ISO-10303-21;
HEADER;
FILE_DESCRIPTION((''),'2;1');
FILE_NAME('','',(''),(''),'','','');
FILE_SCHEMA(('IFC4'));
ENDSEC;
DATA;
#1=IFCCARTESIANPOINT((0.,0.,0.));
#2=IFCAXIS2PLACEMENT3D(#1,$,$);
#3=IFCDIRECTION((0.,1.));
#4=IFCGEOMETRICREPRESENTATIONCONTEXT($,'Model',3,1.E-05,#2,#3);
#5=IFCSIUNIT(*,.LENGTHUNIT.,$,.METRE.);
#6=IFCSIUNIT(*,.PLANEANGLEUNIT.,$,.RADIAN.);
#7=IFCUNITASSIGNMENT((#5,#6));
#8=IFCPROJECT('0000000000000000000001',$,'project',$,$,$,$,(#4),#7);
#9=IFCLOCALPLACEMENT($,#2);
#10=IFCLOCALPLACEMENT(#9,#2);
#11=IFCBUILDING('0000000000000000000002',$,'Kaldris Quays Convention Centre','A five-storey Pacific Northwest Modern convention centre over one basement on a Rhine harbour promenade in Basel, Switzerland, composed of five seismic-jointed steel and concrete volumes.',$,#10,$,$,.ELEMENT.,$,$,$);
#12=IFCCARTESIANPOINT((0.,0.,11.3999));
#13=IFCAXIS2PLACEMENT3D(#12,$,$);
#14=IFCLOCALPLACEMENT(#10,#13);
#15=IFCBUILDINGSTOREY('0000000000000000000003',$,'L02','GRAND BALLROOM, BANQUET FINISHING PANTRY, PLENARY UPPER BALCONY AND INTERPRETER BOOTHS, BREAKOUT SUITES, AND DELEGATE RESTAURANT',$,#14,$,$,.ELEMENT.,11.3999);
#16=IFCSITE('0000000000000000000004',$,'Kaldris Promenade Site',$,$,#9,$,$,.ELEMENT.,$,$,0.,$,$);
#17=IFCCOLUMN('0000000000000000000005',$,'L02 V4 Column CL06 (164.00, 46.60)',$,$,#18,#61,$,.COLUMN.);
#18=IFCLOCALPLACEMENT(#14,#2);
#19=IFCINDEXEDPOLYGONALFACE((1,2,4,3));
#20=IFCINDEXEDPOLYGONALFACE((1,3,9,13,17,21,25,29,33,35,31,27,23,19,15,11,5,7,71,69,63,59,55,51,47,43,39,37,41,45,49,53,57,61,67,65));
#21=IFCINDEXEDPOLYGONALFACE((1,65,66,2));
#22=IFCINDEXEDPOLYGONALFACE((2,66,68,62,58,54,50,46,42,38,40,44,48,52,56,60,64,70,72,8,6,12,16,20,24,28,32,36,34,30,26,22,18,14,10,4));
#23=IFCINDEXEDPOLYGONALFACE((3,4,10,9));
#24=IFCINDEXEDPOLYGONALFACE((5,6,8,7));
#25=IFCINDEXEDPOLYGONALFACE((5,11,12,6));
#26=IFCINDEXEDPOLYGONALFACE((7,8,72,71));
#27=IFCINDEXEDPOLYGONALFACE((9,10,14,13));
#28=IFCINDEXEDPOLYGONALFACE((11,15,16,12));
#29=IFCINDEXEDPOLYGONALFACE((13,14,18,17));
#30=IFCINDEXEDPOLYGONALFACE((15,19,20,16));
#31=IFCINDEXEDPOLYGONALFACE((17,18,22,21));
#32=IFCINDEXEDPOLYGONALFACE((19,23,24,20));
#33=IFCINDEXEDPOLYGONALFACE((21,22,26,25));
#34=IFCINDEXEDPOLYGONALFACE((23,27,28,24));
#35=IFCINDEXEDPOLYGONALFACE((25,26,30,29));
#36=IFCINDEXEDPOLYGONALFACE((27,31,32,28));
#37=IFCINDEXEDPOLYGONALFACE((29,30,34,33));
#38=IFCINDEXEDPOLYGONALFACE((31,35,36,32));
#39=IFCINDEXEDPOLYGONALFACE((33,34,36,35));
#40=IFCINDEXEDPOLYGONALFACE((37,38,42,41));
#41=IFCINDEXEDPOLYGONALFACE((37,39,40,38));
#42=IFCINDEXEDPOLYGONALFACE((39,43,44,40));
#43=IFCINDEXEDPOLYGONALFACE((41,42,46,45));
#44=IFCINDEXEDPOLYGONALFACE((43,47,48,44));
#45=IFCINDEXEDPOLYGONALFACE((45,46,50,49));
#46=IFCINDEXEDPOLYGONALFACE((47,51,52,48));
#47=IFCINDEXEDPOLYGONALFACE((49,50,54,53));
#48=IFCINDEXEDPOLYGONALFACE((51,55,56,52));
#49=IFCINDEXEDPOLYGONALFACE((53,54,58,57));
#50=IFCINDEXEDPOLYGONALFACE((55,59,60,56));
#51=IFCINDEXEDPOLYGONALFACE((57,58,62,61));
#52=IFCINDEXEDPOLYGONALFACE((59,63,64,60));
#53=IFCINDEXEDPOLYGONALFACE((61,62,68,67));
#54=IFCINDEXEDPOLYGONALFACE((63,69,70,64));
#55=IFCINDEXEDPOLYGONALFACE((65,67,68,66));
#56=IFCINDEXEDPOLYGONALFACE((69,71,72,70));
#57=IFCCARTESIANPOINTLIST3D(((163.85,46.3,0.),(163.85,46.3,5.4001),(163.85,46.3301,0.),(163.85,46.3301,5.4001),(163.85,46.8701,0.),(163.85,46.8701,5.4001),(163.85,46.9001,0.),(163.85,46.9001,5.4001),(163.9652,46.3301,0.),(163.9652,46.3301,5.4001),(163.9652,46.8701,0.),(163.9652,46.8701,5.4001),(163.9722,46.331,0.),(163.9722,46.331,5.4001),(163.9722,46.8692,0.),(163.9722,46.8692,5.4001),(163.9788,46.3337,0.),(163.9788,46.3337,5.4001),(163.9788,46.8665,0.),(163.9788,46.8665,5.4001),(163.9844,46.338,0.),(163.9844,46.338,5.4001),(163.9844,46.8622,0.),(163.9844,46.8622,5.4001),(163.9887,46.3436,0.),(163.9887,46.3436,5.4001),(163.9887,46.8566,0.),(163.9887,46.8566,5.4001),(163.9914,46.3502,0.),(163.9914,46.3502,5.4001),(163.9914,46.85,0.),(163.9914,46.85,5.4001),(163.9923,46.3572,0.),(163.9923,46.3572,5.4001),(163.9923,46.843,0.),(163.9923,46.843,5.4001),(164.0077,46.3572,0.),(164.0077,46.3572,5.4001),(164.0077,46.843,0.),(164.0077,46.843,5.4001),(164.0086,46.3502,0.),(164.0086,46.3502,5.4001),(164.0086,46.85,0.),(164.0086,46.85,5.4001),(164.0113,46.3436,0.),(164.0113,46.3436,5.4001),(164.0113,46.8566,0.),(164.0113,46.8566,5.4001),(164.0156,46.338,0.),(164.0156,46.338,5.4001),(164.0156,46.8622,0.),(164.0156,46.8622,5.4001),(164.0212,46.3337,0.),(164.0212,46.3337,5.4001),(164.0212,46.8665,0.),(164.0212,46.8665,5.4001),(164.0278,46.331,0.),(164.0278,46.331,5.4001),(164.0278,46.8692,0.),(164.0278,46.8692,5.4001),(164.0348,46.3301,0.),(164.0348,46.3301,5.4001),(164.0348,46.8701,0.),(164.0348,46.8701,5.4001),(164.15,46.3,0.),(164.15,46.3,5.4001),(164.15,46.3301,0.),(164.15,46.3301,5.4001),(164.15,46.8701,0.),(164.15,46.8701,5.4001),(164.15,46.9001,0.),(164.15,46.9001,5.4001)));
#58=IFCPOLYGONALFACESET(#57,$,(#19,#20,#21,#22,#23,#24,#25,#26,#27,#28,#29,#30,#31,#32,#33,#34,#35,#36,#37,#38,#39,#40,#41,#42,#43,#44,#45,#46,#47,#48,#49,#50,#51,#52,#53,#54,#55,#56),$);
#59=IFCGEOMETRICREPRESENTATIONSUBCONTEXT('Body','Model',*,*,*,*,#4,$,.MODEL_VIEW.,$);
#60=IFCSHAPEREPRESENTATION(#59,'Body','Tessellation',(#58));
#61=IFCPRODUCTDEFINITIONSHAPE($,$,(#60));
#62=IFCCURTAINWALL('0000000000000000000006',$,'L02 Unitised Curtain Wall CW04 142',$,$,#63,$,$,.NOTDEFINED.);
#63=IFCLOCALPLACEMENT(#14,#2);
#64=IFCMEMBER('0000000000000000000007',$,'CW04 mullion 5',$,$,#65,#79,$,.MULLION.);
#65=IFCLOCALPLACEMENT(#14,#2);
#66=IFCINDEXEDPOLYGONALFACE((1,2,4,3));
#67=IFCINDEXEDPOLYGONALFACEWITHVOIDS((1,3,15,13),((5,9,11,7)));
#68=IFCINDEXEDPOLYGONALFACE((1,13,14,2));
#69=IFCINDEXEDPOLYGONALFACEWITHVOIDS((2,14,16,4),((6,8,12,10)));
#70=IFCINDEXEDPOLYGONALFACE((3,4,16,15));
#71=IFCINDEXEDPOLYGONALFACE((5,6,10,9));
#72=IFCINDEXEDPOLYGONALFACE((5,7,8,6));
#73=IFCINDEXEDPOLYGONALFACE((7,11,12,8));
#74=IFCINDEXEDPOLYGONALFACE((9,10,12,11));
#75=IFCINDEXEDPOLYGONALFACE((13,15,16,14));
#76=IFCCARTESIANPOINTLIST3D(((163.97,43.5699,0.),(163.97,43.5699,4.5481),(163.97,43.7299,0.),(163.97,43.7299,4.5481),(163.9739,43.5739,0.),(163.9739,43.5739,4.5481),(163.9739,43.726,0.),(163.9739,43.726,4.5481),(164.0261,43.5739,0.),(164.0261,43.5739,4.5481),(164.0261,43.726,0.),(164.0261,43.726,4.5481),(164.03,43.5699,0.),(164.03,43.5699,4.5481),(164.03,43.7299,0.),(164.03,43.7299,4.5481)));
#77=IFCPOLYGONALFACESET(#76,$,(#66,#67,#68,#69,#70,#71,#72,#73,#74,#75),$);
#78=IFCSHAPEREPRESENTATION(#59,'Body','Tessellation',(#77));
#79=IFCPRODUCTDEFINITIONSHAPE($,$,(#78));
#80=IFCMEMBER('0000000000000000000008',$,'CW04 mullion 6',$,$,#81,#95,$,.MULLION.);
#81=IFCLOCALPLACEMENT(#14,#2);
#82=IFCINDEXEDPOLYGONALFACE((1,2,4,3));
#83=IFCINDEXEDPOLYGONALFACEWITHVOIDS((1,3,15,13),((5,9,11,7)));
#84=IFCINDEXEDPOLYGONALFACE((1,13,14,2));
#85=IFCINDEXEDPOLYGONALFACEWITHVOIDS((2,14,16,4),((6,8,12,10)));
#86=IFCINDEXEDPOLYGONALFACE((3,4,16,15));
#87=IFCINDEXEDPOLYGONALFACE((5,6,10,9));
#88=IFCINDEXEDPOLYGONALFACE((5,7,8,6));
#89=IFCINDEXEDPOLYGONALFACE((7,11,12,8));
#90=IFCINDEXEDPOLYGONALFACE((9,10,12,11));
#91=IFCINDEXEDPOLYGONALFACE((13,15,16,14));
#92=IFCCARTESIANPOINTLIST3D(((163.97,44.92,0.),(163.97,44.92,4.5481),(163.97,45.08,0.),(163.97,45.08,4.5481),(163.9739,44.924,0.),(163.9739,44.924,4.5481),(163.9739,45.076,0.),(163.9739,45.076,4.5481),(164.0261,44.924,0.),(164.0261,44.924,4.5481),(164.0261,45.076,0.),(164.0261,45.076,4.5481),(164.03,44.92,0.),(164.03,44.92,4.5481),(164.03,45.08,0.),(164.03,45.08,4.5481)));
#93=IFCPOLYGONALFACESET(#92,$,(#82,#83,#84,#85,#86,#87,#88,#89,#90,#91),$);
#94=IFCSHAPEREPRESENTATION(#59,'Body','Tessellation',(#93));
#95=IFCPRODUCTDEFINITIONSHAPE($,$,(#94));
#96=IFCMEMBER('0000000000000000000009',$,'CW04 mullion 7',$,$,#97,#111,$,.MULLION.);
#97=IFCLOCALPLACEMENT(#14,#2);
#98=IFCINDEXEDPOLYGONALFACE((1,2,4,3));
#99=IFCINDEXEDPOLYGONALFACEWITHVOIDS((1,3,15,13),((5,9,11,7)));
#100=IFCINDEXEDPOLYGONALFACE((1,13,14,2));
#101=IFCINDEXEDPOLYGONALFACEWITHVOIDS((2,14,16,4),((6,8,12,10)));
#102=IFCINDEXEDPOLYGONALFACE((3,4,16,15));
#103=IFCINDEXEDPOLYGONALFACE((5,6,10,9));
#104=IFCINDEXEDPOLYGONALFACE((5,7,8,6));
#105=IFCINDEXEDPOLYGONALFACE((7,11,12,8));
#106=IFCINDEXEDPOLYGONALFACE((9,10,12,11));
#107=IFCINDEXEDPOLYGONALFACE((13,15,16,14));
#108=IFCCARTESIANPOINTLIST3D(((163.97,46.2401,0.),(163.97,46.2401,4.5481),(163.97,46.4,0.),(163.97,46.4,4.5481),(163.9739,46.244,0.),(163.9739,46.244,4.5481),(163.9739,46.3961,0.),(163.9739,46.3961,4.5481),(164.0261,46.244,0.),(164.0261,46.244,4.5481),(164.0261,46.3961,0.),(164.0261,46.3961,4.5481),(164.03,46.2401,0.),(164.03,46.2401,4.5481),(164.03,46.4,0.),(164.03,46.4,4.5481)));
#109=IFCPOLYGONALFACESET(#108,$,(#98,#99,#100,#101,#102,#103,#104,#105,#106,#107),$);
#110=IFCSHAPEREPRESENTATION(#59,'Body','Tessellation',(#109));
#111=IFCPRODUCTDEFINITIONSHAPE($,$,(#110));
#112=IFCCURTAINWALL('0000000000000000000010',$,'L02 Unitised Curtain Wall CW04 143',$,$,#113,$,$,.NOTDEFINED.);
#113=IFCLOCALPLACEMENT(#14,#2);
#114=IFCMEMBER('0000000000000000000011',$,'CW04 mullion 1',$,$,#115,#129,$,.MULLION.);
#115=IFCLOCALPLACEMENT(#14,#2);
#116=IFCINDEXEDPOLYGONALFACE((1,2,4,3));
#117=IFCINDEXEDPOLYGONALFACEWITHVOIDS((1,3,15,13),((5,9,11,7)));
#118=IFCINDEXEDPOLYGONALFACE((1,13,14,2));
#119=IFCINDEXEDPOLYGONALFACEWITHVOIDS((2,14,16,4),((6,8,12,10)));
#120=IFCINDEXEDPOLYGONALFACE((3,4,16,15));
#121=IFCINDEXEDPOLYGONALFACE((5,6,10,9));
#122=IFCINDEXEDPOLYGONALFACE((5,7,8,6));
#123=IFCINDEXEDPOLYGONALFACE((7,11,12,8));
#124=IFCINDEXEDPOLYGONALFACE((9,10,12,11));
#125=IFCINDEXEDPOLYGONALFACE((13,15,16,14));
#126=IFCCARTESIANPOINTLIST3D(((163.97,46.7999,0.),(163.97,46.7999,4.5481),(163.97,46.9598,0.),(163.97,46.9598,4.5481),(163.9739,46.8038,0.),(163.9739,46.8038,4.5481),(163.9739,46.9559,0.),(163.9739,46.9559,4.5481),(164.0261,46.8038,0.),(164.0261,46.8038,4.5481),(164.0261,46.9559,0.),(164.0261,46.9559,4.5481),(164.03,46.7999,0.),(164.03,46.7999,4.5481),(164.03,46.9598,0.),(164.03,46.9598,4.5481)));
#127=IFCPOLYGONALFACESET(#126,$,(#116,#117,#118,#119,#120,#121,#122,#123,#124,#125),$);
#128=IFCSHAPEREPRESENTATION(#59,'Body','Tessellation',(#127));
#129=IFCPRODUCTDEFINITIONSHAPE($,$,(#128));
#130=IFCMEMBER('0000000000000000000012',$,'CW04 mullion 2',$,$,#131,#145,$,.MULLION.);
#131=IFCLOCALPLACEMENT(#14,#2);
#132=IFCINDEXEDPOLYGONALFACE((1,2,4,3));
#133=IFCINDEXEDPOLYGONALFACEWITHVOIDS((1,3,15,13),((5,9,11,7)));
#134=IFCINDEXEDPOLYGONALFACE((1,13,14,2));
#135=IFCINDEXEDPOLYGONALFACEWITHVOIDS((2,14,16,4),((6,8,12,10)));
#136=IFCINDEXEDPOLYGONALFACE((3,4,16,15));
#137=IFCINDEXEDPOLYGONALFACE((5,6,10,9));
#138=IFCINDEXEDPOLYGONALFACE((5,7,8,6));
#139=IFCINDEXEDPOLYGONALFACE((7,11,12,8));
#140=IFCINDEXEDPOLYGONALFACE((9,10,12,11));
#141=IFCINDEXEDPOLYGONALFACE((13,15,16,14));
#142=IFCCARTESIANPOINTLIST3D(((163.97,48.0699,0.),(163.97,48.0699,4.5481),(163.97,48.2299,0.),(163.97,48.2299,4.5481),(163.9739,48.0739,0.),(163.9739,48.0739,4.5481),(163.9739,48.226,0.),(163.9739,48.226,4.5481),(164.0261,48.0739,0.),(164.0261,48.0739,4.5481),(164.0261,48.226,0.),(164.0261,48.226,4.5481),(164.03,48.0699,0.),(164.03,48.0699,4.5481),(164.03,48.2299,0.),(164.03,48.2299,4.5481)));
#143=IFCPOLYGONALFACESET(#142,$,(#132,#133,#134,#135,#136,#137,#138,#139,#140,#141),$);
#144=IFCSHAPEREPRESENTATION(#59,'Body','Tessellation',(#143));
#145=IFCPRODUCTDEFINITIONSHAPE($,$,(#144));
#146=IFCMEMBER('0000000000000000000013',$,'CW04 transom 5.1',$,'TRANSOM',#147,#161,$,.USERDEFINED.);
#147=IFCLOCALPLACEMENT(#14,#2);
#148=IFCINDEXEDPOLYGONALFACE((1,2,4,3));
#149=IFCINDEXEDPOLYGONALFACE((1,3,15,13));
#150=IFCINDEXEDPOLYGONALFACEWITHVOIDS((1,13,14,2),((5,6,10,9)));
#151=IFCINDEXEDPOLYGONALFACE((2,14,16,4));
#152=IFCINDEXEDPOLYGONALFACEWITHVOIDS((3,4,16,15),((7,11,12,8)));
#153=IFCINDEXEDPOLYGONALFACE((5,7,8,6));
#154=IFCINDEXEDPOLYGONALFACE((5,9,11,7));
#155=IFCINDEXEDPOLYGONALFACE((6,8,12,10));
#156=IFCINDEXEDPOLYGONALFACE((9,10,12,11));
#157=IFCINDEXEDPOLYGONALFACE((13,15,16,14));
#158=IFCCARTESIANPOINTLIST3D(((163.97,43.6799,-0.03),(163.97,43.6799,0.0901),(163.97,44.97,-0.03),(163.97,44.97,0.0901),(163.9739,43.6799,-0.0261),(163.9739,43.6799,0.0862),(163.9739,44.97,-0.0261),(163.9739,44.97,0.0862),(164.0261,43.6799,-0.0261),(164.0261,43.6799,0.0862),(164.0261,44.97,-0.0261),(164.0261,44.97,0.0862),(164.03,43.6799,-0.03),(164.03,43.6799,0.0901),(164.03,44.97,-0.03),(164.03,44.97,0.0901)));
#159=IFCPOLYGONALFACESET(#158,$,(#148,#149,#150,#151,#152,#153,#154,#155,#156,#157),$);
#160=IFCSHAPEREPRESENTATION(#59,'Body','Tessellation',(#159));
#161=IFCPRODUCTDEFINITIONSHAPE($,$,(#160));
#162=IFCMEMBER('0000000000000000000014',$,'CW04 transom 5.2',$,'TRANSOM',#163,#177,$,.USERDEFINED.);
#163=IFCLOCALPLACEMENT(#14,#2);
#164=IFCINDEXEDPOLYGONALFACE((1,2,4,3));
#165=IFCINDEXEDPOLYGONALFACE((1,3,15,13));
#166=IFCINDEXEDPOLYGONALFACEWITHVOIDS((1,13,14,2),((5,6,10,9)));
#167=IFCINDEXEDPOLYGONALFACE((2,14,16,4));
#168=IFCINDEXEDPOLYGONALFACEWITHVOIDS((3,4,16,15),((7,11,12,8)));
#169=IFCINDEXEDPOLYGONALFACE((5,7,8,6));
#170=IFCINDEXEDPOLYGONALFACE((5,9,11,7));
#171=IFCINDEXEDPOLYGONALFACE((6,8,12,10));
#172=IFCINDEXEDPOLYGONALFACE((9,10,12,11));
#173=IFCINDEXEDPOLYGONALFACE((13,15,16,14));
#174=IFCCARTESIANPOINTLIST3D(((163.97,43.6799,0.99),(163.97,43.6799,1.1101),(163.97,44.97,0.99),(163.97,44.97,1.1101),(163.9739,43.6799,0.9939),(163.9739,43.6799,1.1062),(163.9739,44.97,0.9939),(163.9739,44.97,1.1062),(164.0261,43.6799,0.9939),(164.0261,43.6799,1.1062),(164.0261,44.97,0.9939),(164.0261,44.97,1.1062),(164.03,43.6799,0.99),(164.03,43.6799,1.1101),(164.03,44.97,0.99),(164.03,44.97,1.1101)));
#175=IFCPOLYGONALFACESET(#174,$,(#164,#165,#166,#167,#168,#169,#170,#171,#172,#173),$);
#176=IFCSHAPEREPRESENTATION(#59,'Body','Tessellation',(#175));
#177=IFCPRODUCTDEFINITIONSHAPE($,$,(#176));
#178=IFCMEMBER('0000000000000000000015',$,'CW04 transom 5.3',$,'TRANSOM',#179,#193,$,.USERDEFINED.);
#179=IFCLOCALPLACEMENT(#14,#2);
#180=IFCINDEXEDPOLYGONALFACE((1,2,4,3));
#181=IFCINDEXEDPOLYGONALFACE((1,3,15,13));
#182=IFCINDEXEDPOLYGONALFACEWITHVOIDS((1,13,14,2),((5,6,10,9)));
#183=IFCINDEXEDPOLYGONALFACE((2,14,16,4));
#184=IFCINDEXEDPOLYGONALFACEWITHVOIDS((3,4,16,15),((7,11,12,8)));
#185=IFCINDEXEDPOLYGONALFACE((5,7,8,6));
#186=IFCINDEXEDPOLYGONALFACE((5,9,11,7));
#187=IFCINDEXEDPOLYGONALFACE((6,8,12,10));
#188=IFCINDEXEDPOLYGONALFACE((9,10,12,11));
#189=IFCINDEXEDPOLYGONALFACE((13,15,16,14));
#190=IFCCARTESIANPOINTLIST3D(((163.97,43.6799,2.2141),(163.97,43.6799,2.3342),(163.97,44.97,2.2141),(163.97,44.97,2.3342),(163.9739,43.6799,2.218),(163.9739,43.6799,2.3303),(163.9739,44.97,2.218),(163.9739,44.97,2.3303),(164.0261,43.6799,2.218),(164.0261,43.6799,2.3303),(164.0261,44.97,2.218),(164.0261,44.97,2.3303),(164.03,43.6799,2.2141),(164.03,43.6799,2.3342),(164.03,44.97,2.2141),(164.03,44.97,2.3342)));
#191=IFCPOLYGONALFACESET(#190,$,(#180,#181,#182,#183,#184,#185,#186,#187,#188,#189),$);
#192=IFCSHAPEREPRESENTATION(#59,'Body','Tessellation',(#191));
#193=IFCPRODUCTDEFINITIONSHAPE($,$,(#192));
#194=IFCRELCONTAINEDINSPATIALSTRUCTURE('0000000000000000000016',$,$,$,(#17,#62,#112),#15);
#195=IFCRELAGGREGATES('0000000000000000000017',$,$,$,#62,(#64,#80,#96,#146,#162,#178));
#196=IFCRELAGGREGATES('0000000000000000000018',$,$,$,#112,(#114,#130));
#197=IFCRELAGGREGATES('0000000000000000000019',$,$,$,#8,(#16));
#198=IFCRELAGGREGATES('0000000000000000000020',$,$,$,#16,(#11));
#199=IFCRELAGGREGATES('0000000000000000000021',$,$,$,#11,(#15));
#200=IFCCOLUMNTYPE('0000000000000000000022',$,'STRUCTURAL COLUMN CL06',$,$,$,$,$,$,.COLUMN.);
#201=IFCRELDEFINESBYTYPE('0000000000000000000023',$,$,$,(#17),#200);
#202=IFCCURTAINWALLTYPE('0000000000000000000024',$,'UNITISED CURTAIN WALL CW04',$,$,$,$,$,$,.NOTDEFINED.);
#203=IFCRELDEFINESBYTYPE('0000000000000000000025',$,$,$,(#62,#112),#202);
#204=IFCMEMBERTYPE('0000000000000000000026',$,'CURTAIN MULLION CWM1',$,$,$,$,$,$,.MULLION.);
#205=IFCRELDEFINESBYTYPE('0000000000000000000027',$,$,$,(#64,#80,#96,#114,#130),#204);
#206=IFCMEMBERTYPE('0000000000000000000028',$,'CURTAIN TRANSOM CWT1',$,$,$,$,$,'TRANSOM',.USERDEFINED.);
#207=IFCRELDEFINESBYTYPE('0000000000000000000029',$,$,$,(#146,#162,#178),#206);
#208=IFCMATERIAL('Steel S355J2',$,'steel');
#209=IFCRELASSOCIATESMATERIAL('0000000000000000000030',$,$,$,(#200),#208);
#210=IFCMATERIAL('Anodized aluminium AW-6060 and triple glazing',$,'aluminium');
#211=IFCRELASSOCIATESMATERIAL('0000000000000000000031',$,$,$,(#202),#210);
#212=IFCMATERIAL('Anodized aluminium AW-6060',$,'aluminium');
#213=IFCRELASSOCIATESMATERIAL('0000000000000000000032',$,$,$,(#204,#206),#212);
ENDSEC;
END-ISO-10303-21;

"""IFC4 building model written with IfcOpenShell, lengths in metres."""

from ifc_helpers import new_model, si_unit, direction, frame, origin, origin_2d, place, context, subcontext, project, spatial, hollow_rectangle, i_section, extrude, material, material_profile, profile_set, type_object, element, aggregate, save


model = new_model("IFC4")

# Units and contexts
model_context = context("Model", 3, precision=1e-05, world=origin(), true_north=direction((0.0, 1.0)))
body_context = subcontext(model_context, "Body", "Model", "MODEL_VIEW")
ifc_project = project(units=[si_unit("LENGTHUNIT", "METRE"), si_unit("PLANEANGLEUNIT", "RADIAN")], contexts=[model_context])

# Site, building, storey
site_placement = place(None, origin())
site = spatial("IfcSite", under=ifc_project, at=site_placement, Name="Kaldris Promenade Site", CompositionType="ELEMENT", RefElevation=0.0)
building_placement = place(site_placement, origin())
building = spatial("IfcBuilding", under=site, at=building_placement, Name="Kaldris Quays Convention Centre", Description="A five-storey Pacific Northwest Modern convention centre over one basement on a Rhine harbour promenade in Basel, Switzerland, composed of five seismic-jointed steel and concrete volumes.", CompositionType="ELEMENT")
storey_placement = place(building_placement, frame((0.0, 0.0, 11.3999)))
storey = spatial("IfcBuildingStorey", under=building, at=storey_placement, Name="L02", Description="GRAND BALLROOM, BANQUET FINISHING PANTRY, PLENARY UPPER BALCONY AND INTERPRETER BOOTHS, BREAKOUT SUITES, AND DELEGATE RESTAURANT", CompositionType="ELEMENT", Elevation=11.3999)

# Column
ifc_material_1 = material(Name="Steel S355J2", Category="steel")
ifc_material_profile_1 = material_profile(ifc_material_1, i_section(OverallWidth=0.3, OverallDepth=0.6001, WebThickness=0.0154, FlangeThickness=0.03, FilletRadius=0.0271, at=origin_2d()), Name="HEB 600")
ifc_profile_set_1 = profile_set([ifc_material_profile_1], Name="Steel S355J2")
column_type = type_object("IfcColumnType", Name="STRUCTURAL COLUMN CL06", PredefinedType="COLUMN", material=ifc_profile_set_1)
column_placement = place(storey_placement, frame((164.0, 46.6001, 0.0), z_axis=(0.0, 0.0, 1.0), x_axis=(1.0, 0.0, 0.0)))
element("IfcColumn", 1, at=column_placement, inside=storey, type_object=column_type, Name="L02 V4 Column CL06 (164.00, 46.60)", PredefinedType="COLUMN", context=body_context, shape_type="SweptSolid", body=[
    extrude(i_section(OverallWidth=0.3, OverallDepth=0.6001, WebThickness=0.0154, FlangeThickness=0.03, FilletRadius=0.0271, at=origin_2d()), origin(), (0.0, 0.0, 1.0), 5.4001),
])

# Curtain walls, members
ifc_material_2 = material(Name="Anodized aluminium AW-6060 and triple glazing", Category="aluminium")
curtain_wall_type = type_object("IfcCurtainWallType", Name="UNITISED CURTAIN WALL CW04", PredefinedType="NOTDEFINED", material=ifc_material_2)
curtain_wall_1_placement = place(storey_placement, origin())
curtain_wall_1 = element("IfcCurtainWall", 2, at=curtain_wall_1_placement, inside=storey, type_object=curtain_wall_type, Name="L02 Unitised Curtain Wall CW04 142", PredefinedType="NOTDEFINED")
ifc_material_3 = material(Name="Anodized aluminium AW-6060", Category="aluminium")
ifc_material_profile_2 = material_profile(ifc_material_3, hollow_rectangle(XDim=0.0601, YDim=0.1599, WallThickness=0.0039, at=origin_2d()), Name="RHS 160x60x4")
ifc_profile_set_2 = profile_set([ifc_material_profile_2], Name="Anodized aluminium AW-6060")
member_type_1 = type_object("IfcMemberType", Name="CURTAIN MULLION CWM1", PredefinedType="MULLION", material=ifc_profile_set_2)
member_1_placement = place(storey_placement, frame((164.0, 43.6499, 0.0), z_axis=(0.0, 0.0, 1.0), x_axis=(-1.0, 0.0, 0.0)))
member_1 = element("IfcMember", 3, at=member_1_placement, type_object=member_type_1, Name="CW04 mullion 5", PredefinedType="MULLION", context=body_context, shape_type="SweptSolid", body=[
    extrude(hollow_rectangle(XDim=0.0601, YDim=0.1599, WallThickness=0.0039, at=origin_2d()), origin(), (0.0, 0.0, 1.0), 4.5481),
])
member_2_placement = place(storey_placement, frame((164.0, 45.0, 0.0), z_axis=(0.0, 0.0, 1.0), x_axis=(-1.0, 0.0, 0.0)))
member_2 = element("IfcMember", 4, at=member_2_placement, type_object=member_type_1, Name="CW04 mullion 6", PredefinedType="MULLION", context=body_context, shape_type="SweptSolid", body=[
    extrude(hollow_rectangle(XDim=0.0601, YDim=0.1599, WallThickness=0.0039, at=origin_2d()), origin(), (0.0, 0.0, 1.0), 4.5481),
])
member_3_placement = place(storey_placement, frame((164.0, 46.3201, 0.0), z_axis=(0.0, 0.0, 1.0), x_axis=(-1.0, 0.0, 0.0)))
member_3 = element("IfcMember", 5, at=member_3_placement, type_object=member_type_1, Name="CW04 mullion 7", PredefinedType="MULLION", context=body_context, shape_type="SweptSolid", body=[
    extrude(hollow_rectangle(XDim=0.0601, YDim=0.1599, WallThickness=0.0039, at=origin_2d()), origin(), (0.0, 0.0, 1.0), 4.5481),
])
curtain_wall_2_placement = place(storey_placement, origin())
curtain_wall_2 = element("IfcCurtainWall", 6, at=curtain_wall_2_placement, inside=storey, type_object=curtain_wall_type, Name="L02 Unitised Curtain Wall CW04 143", PredefinedType="NOTDEFINED")
member_4_placement = place(storey_placement, frame((164.0, 46.8799, 0.0), z_axis=(0.0, 0.0, 1.0), x_axis=(-1.0, 0.0, 0.0)))
member_4 = element("IfcMember", 7, at=member_4_placement, type_object=member_type_1, Name="CW04 mullion 1", PredefinedType="MULLION", context=body_context, shape_type="SweptSolid", body=[
    extrude(hollow_rectangle(XDim=0.0601, YDim=0.1599, WallThickness=0.0039, at=origin_2d()), origin(), (0.0, 0.0, 1.0), 4.5481),
])
member_5_placement = place(storey_placement, frame((164.0, 48.1499, 0.0), z_axis=(0.0, 0.0, 1.0), x_axis=(-1.0, 0.0, 0.0)))
member_5 = element("IfcMember", 8, at=member_5_placement, type_object=member_type_1, Name="CW04 mullion 2", PredefinedType="MULLION", context=body_context, shape_type="SweptSolid", body=[
    extrude(hollow_rectangle(XDim=0.0601, YDim=0.1599, WallThickness=0.0039, at=origin_2d()), origin(), (0.0, 0.0, 1.0), 4.5481),
])

# Members
ifc_material_profile_3 = material_profile(ifc_material_3, hollow_rectangle(XDim=0.0601, YDim=0.1201, WallThickness=0.0039, at=origin_2d()), Name="RHS 120x60x4")
ifc_profile_set_3 = profile_set([ifc_material_profile_3], Name="Anodized aluminium AW-6060")
member_type_2 = type_object("IfcMemberType", Name="CURTAIN TRANSOM CWT1", ElementType="TRANSOM", PredefinedType="USERDEFINED", material=ifc_profile_set_3)
member_6_placement = place(storey_placement, frame((164.0, 43.6799, 0.03), z_axis=(0.0, 1.0, 0.0), x_axis=(-1.0, 0.0, 0.0)))
member_6 = element("IfcMember", 9, at=member_6_placement, type_object=member_type_2, Name="CW04 transom 5.1", ObjectType="TRANSOM", PredefinedType="USERDEFINED", context=body_context, shape_type="SweptSolid", body=[
    extrude(hollow_rectangle(XDim=0.0601, YDim=0.1201, WallThickness=0.0039, at=origin_2d()), origin(), (0.0, 0.0, 1.0), 1.29),
])
member_7_placement = place(storey_placement, frame((164.0, 43.6799, 1.05), z_axis=(0.0, 1.0, 0.0), x_axis=(-1.0, 0.0, 0.0)))
member_7 = element("IfcMember", 10, at=member_7_placement, type_object=member_type_2, Name="CW04 transom 5.2", ObjectType="TRANSOM", PredefinedType="USERDEFINED", context=body_context, shape_type="SweptSolid", body=[
    extrude(hollow_rectangle(XDim=0.0601, YDim=0.1201, WallThickness=0.0039, at=origin_2d()), origin(), (0.0, 0.0, 1.0), 1.29),
])
member_8_placement = place(storey_placement, frame((164.0, 43.6799, 2.2742), z_axis=(0.0, 1.0, 0.0), x_axis=(-1.0, 0.0, 0.0)))
member_8 = element("IfcMember", 11, at=member_8_placement, type_object=member_type_2, Name="CW04 transom 5.3", ObjectType="TRANSOM", PredefinedType="USERDEFINED", context=body_context, shape_type="SweptSolid", body=[
    extrude(hollow_rectangle(XDim=0.0601, YDim=0.1201, WallThickness=0.0039, at=origin_2d()), origin(), (0.0, 0.0, 1.0), 1.29),
])

aggregate(curtain_wall_1, [member_1, member_2, member_3, member_6, member_7, member_8])
aggregate(curtain_wall_2, [member_4, member_5])

save(model, "model.ifc")
